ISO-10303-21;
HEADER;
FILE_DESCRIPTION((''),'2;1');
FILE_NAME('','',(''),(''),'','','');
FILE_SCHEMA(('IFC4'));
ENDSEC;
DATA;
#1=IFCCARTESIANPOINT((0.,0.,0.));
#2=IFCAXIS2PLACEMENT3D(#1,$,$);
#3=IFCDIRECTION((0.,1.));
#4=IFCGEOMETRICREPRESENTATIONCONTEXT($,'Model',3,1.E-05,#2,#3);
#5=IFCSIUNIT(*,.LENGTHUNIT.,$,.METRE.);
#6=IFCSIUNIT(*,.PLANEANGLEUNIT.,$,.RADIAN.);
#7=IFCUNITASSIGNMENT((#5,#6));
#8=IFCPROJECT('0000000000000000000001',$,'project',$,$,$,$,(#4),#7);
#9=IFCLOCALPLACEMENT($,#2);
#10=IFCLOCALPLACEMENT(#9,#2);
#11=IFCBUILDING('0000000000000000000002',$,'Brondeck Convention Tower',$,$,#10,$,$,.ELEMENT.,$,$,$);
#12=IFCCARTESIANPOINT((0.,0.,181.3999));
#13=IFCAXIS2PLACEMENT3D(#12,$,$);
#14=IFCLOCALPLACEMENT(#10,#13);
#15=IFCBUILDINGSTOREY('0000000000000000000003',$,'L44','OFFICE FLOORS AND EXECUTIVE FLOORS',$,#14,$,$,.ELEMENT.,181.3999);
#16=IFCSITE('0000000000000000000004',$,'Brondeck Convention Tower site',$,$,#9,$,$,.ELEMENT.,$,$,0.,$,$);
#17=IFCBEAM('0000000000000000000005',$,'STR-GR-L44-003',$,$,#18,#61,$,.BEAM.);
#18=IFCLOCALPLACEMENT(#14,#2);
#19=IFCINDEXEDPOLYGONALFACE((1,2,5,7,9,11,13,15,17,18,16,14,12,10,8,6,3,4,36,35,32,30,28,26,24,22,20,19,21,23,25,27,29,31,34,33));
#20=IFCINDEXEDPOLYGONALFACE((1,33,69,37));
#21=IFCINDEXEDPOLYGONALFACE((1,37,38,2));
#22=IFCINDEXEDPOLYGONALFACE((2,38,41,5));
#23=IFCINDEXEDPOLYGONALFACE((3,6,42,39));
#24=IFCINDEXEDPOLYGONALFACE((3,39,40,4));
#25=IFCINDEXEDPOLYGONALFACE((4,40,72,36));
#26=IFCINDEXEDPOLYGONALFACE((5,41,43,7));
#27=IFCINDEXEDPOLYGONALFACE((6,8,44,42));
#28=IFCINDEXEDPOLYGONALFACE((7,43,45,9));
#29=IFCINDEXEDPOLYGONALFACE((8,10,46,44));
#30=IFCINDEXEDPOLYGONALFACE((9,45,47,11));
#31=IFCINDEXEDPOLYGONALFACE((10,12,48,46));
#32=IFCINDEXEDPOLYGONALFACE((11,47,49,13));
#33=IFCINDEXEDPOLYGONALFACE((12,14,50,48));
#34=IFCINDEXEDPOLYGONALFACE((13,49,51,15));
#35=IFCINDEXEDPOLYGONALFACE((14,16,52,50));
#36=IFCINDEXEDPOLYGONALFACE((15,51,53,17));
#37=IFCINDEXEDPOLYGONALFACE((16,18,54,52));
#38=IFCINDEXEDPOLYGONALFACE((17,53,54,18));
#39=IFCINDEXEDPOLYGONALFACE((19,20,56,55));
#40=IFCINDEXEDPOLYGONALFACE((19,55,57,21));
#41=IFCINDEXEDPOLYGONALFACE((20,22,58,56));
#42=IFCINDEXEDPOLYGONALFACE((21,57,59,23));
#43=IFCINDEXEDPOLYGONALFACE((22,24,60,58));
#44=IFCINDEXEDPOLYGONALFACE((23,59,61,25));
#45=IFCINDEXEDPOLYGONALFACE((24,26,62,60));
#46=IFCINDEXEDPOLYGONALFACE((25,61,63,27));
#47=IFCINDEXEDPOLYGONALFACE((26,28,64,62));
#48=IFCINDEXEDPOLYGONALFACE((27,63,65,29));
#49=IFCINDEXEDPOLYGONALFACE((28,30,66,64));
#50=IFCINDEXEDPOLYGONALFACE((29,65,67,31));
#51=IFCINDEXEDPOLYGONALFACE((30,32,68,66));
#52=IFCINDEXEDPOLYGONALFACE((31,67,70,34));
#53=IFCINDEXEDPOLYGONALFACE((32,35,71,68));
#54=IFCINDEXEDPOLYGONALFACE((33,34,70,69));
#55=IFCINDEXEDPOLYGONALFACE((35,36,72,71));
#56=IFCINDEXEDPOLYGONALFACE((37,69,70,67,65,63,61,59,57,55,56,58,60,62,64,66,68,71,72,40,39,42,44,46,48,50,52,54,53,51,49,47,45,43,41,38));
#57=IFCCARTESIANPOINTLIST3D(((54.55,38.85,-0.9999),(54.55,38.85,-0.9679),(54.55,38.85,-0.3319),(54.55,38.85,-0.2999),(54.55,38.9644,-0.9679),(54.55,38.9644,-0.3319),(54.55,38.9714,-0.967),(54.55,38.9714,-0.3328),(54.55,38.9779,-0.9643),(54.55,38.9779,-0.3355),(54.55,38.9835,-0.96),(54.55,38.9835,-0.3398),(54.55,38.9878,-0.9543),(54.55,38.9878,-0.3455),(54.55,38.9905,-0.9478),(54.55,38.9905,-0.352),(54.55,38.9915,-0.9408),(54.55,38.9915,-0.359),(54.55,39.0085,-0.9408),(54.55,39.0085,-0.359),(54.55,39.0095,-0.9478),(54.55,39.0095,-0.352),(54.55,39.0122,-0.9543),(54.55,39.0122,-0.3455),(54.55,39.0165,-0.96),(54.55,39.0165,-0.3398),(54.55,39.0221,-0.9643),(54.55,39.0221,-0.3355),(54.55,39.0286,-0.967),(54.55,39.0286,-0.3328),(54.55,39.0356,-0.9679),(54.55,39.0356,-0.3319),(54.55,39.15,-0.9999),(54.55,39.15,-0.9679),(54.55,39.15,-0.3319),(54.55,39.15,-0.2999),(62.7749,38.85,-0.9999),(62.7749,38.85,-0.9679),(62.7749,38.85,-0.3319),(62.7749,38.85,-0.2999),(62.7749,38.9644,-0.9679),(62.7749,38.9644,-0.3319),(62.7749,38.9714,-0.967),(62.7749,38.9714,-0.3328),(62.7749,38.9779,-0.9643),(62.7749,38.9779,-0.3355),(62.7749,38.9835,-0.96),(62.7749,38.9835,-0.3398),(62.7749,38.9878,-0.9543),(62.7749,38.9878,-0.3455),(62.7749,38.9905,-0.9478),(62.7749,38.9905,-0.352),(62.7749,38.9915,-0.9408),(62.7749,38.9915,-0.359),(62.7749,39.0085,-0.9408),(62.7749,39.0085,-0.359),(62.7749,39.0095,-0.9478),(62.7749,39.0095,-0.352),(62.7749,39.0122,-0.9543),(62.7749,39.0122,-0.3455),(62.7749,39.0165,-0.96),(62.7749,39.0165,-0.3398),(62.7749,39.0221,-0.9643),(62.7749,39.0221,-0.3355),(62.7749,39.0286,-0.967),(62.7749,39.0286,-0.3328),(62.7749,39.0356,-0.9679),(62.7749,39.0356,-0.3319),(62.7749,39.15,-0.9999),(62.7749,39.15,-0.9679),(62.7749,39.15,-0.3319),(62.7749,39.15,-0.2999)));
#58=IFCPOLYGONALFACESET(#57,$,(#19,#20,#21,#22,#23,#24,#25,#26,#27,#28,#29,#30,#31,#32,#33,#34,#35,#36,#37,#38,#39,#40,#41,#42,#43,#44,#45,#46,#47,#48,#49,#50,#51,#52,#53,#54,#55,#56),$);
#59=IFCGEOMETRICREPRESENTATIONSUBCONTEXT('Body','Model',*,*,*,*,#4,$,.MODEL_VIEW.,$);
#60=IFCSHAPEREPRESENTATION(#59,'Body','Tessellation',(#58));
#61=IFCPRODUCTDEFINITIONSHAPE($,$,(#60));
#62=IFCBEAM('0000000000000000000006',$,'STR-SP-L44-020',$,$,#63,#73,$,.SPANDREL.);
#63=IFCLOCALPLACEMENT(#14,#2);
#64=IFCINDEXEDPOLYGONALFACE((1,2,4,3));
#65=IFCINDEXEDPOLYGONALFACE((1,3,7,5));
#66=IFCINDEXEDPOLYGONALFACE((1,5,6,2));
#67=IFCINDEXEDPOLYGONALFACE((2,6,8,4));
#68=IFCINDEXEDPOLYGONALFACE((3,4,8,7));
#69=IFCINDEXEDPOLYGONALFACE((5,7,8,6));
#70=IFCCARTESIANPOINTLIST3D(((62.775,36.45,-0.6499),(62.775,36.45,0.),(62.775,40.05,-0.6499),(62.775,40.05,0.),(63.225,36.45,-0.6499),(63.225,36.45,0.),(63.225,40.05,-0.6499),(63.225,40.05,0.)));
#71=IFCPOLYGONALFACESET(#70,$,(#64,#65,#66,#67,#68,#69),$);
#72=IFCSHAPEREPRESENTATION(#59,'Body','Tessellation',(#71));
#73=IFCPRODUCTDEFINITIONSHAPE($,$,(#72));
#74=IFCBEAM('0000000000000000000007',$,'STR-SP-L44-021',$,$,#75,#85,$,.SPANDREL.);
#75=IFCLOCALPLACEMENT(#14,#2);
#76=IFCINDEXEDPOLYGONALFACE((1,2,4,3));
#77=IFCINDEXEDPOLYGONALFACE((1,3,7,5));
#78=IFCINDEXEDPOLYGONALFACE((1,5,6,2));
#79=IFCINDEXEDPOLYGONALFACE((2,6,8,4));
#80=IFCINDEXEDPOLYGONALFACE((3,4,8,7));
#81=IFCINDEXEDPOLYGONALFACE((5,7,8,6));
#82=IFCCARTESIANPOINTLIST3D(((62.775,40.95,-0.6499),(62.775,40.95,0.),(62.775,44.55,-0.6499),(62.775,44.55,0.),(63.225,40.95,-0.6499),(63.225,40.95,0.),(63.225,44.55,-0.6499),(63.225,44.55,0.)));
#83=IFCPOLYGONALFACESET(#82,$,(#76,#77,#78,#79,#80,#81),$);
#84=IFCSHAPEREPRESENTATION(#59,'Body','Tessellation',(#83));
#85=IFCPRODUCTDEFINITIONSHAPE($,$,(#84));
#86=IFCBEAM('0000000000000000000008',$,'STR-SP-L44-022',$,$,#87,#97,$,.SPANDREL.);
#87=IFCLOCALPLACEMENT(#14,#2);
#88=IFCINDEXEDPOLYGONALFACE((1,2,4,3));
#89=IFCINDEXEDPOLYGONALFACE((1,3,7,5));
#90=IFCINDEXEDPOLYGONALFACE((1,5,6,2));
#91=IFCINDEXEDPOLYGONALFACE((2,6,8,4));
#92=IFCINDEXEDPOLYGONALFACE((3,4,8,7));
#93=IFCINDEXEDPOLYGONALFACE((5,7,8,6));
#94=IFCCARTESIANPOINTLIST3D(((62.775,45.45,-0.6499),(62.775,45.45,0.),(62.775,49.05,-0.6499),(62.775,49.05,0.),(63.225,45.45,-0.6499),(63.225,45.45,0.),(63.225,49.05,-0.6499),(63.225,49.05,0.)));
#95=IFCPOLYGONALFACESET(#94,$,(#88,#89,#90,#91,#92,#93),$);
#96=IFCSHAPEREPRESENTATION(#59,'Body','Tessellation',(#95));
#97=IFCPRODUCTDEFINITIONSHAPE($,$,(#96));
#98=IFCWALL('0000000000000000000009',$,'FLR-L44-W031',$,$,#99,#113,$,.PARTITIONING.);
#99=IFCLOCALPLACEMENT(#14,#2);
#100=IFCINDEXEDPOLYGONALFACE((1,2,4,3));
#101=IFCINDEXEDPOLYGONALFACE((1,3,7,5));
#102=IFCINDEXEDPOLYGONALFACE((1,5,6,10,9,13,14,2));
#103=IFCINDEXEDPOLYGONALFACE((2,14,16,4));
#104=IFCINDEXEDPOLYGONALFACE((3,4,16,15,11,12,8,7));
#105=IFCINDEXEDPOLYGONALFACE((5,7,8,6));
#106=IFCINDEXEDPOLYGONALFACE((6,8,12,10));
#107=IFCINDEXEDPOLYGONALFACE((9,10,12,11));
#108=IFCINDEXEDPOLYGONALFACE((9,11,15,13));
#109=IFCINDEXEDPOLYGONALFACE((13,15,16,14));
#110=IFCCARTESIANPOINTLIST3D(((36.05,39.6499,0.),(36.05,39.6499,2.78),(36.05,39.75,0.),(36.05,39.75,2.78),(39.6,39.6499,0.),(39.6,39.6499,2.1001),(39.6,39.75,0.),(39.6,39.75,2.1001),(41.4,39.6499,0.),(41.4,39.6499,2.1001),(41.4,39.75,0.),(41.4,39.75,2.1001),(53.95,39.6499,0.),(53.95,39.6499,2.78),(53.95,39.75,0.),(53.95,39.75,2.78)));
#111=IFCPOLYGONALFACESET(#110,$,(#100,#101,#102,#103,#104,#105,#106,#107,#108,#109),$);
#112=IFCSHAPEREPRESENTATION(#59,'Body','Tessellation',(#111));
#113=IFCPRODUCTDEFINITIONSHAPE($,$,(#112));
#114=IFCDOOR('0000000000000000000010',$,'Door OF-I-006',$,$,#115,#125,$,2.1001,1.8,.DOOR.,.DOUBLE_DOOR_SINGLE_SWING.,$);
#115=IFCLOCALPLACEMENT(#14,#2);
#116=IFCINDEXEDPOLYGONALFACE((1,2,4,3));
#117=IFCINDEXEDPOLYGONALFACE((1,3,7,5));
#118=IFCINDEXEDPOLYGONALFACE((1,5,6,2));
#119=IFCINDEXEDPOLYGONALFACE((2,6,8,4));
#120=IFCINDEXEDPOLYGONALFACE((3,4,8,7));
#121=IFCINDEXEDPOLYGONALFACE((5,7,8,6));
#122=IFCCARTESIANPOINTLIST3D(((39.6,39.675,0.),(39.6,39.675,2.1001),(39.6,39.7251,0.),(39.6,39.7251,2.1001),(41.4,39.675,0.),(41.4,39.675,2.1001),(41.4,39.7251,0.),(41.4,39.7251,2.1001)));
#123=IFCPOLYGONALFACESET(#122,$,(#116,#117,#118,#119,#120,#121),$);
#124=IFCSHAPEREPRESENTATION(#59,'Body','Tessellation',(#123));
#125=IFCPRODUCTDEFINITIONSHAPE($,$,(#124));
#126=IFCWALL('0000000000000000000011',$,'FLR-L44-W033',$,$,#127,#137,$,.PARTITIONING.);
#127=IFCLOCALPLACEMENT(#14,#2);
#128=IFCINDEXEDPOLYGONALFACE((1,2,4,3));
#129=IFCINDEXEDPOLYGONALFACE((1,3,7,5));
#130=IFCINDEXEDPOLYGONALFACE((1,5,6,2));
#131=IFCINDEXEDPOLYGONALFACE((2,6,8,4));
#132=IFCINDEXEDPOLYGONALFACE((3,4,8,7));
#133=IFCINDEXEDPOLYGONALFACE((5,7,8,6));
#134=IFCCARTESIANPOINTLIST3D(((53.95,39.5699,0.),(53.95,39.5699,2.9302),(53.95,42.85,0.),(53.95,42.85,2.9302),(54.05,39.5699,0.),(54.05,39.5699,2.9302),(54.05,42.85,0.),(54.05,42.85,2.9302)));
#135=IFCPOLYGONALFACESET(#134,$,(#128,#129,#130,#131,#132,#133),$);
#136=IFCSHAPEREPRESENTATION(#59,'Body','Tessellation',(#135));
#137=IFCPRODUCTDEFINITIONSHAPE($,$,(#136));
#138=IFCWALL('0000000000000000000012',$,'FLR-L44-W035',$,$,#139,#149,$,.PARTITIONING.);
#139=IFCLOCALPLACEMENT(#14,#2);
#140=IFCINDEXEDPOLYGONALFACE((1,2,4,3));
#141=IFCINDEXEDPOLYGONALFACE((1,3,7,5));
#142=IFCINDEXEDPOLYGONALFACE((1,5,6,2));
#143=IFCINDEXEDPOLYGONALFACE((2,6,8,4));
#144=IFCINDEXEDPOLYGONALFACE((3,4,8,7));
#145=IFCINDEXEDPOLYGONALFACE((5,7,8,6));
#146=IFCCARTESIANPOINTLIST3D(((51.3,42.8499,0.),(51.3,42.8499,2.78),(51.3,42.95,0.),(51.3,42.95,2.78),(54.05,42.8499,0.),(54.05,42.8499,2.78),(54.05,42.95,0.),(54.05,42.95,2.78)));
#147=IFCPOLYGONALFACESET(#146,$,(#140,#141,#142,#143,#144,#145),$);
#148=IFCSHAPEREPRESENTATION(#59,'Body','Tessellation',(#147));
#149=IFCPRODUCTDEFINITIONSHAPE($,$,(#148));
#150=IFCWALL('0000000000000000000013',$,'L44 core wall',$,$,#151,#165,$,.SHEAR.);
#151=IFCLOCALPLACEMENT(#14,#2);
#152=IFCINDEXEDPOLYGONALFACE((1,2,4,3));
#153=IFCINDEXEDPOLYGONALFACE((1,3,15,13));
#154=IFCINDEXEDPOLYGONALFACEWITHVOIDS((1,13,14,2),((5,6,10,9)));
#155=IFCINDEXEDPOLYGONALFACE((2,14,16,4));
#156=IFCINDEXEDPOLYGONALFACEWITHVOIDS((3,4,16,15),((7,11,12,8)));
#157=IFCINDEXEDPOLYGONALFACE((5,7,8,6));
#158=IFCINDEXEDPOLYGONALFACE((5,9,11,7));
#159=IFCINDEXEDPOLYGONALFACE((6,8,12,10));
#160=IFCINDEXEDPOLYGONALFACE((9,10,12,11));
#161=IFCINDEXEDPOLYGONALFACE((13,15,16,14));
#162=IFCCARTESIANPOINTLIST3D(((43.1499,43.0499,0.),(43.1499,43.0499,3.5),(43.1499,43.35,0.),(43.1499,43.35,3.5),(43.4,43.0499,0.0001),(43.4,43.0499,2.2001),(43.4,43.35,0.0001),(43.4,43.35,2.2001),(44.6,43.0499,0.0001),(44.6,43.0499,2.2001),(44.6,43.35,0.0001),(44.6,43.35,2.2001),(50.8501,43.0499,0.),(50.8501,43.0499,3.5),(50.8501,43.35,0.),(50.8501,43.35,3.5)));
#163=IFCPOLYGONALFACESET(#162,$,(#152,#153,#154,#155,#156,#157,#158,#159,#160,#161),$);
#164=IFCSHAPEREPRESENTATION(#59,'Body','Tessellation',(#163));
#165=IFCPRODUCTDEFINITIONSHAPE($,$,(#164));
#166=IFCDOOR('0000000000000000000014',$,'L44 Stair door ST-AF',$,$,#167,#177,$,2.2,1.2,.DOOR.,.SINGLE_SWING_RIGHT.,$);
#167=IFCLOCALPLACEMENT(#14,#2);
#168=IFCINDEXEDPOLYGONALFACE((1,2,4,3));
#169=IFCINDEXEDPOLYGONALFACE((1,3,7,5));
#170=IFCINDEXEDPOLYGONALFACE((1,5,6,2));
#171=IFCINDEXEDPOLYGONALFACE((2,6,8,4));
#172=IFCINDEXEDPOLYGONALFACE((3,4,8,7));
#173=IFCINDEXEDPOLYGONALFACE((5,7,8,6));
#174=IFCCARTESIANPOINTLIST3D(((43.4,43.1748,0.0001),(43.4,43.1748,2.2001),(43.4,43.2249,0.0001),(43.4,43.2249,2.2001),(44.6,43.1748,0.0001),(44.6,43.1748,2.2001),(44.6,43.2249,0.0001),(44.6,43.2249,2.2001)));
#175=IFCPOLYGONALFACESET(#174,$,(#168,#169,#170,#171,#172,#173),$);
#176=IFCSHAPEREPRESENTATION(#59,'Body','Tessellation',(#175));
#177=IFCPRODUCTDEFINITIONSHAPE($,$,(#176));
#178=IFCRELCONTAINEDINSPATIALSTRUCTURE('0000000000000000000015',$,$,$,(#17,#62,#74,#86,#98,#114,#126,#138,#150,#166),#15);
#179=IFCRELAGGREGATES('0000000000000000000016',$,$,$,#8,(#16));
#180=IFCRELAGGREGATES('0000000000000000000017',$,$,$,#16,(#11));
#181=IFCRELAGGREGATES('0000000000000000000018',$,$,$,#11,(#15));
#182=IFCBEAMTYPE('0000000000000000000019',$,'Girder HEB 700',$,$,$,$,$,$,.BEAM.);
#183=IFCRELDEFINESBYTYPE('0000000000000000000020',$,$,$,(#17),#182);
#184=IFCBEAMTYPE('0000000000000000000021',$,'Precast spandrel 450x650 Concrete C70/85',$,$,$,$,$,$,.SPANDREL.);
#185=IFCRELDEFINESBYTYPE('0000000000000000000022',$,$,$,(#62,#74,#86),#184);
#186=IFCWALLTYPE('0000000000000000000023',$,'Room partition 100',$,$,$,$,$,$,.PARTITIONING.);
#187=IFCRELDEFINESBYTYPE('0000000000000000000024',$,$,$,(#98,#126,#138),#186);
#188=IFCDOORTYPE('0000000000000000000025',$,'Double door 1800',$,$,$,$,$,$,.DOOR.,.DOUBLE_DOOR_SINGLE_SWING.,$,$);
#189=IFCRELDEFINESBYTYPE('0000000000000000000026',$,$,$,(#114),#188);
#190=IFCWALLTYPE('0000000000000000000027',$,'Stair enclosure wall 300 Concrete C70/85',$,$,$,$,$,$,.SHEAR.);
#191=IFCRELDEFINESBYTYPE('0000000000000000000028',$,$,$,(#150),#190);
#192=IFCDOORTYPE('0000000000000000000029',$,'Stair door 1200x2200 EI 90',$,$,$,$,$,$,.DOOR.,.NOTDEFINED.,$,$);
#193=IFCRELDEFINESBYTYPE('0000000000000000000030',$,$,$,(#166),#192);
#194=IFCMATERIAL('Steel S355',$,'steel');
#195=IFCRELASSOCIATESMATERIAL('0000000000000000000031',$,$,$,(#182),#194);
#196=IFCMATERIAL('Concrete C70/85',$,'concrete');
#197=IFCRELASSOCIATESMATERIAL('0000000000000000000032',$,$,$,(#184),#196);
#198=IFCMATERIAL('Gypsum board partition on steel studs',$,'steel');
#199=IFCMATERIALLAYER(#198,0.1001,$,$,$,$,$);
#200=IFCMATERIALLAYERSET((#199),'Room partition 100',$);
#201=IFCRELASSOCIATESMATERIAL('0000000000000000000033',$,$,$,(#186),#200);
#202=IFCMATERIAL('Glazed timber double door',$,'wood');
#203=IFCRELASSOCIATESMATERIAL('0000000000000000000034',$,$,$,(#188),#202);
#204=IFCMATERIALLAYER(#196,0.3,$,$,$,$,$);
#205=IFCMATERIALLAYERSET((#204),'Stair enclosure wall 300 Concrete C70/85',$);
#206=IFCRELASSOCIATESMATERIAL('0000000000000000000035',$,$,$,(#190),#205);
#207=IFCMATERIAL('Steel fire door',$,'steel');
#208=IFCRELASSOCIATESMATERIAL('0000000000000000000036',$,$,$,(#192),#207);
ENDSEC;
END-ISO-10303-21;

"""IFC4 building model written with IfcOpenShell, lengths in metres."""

from ifc_helpers import new_model, si_unit, direction, frame, frame_2d, origin, origin_2d, place, context, subcontext, project, spatial, rectangle, i_section, extrude, material, layer, layer_set, material_profile, profile_set, type_object, element, fill, save


model = new_model("IFC4")

# Units and contexts
model_context = context("Model", 3, precision=1e-05, world=origin(), true_north=direction((0.0, 1.0)))
body_context = subcontext(model_context, "Body", "Model", "MODEL_VIEW")
ifc_project = project(units=[si_unit("LENGTHUNIT", "METRE"), si_unit("PLANEANGLEUNIT", "RADIAN")], contexts=[model_context])

# Site, building, storey
site_placement = place(None, origin())
site = spatial("IfcSite", under=ifc_project, at=site_placement, Name="Brondeck Convention Tower site", CompositionType="ELEMENT", RefElevation=0.0)
building_placement = place(site_placement, origin())
building = spatial("IfcBuilding", under=site, at=building_placement, Name="Brondeck Convention Tower", CompositionType="ELEMENT")
storey_placement = place(building_placement, frame((0.0, 0.0, 181.3999)))
storey = spatial("IfcBuildingStorey", under=building, at=storey_placement, Name="L44", Description="OFFICE FLOORS AND EXECUTIVE FLOORS", CompositionType="ELEMENT", Elevation=181.3999)

# Shared definitions
ifc_material_1 = material(Name="Concrete C70/85", Category="concrete")

# Beams
ifc_material_2 = material(Name="Steel S355", Category="steel")
ifc_material_profile_1 = material_profile(ifc_material_2, i_section(OverallWidth=0.3, OverallDepth=0.7, WebThickness=0.0171, FlangeThickness=0.032, FilletRadius=0.0271, at=origin_2d()), Name="HEB 700")
ifc_profile_set_1 = profile_set([ifc_material_profile_1], Name="Steel S355")
beam_type_1 = type_object("IfcBeamType", Name="Girder HEB 700", PredefinedType="BEAM", material=ifc_profile_set_1)
beam_1_placement = place(storey_placement, frame((54.55, 39.0, -0.6499), z_axis=(1.0, 0.0, 0.0), x_axis=(0.0, 1.0, 0.0)))
element("IfcBeam", 1, at=beam_1_placement, inside=storey, type_object=beam_type_1, Name="STR-GR-L44-003", PredefinedType="BEAM", context=body_context, shape_type="SweptSolid", body=[
    extrude(i_section(OverallWidth=0.3, OverallDepth=0.7, WebThickness=0.0171, FlangeThickness=0.032, FilletRadius=0.0271, at=origin_2d()), origin(), (0.0, 0.0, 1.0), 8.2249),
])
ifc_material_profile_2 = material_profile(ifc_material_1, rectangle(XDim=0.45, YDim=0.6499, at=origin_2d()), Name="Precast spandrel 450x650 Concrete C70/85")
ifc_profile_set_2 = profile_set([ifc_material_profile_2], Name="Concrete C70/85")
beam_type_2 = type_object("IfcBeamType", Name="Precast spandrel 450x650 Concrete C70/85", PredefinedType="SPANDREL", material=ifc_profile_set_2)
for number, where, z_axis, x_axis, name in (
    (2, (63.0, 36.45, -0.325), (0.0, 1.0, 0.0), (-1.0, 0.0, 0.0), "STR-SP-L44-020"),
    (3, (63.0, 40.95, -0.325), (0.0, 1.0, 0.0), (-1.0, 0.0, 0.0), "STR-SP-L44-021"),
    (4, (63.0, 45.45, -0.325), (0.0, 1.0, 0.0), (-1.0, 0.0, 0.0), "STR-SP-L44-022"),
):
    element("IfcBeam", number, at=place(storey_placement, frame(where, z_axis=z_axis, x_axis=x_axis)), inside=storey, type_object=beam_type_2, Name=name, PredefinedType="SPANDREL", context=body_context, shape_type="SweptSolid", body=[
        extrude(rectangle(XDim=0.45, YDim=0.6499, at=origin_2d()), origin(), (0.0, 0.0, 1.0), 3.6001),
    ])

# Wall, opening, door
ifc_material_3 = material(Name="Gypsum board partition on steel studs", Category="steel")
ifc_layer_1 = layer(ifc_material_3, 0.1001)
ifc_layer_set_1 = layer_set([ifc_layer_1], Name="Room partition 100")
wall_type_1 = type_object("IfcWallType", Name="Room partition 100", PredefinedType="PARTITIONING", material=ifc_layer_set_1)
wall_1_placement = place(storey_placement, frame((53.95, 39.7, 0.0), z_axis=(0.0, 0.0, 1.0), x_axis=(-1.0, 0.0, 0.0)))
wall_1 = element("IfcWall", 5, at=wall_1_placement, inside=storey, type_object=wall_type_1, Name="FLR-L44-W031", PredefinedType="PARTITIONING", context=body_context, shape_type="SweptSolid", body=[
    extrude(rectangle(XDim=17.8999, YDim=0.1001, at=frame_2d((8.95, 0.0))), origin(), (0.0, 0.0, 1.0), 2.78),
])
opening_1_placement = place(wall_1_placement, frame((12.55, 0.0, 0.0)))
opening_1 = element("IfcOpeningElement", 6, at=opening_1_placement, cuts=wall_1, PredefinedType="OPENING", context=body_context, shape_type="SweptSolid", body=[
    extrude(rectangle(XDim=1.8, YDim=2.1001, at=frame_2d((0.8999, 1.05))), frame((0.0, 0.0601, 0.0), z_axis=(0.0, -1.0, 0.0), x_axis=(1.0, 0.0, 0.0)), (0.0, 0.0, 1.0), 0.1201),
])
ifc_material_4 = material(Name="Glazed timber double door", Category="wood")
door_type_1 = type_object("IfcDoorType", Name="Double door 1800", OperationType="DOUBLE_DOOR_SINGLE_SWING", PredefinedType="DOOR", material=ifc_material_4)
door_1_placement = place(opening_1_placement, origin())
door_1 = element("IfcDoor", 7, at=door_1_placement, inside=storey, type_object=door_type_1, Name="Door OF-I-006", OperationType="DOUBLE_DOOR_SINGLE_SWING", OverallHeight=2.1001, OverallWidth=1.8, PredefinedType="DOOR", context=body_context, shape_type="SweptSolid", body=[
    extrude(rectangle(XDim=1.8, YDim=2.1001, at=frame_2d((0.8999, 1.05))), frame((0.0, 0.0249, 0.0), z_axis=(0.0, -1.0, 0.0), x_axis=(1.0, 0.0, 0.0)), (0.0, 0.0, 1.0), 0.05),
])
fill(opening_1, door_1)

# Walls
wall_2_placement = place(storey_placement, frame((54.0, 42.8501, 0.0), z_axis=(0.0, 0.0, 1.0), x_axis=(0.0, -1.0, 0.0)))
element("IfcWall", 8, at=wall_2_placement, inside=storey, type_object=wall_type_1, Name="FLR-L44-W033", PredefinedType="PARTITIONING", context=body_context, shape_type="SweptSolid", body=[
    extrude(rectangle(XDim=3.28, YDim=0.1001, at=frame_2d((1.6401, 0.0))), origin(), (0.0, 0.0, 1.0), 2.9302),
])
wall_3_placement = place(storey_placement, frame((51.3, 42.8999, 0.0), z_axis=(0.0, 0.0, 1.0), x_axis=(1.0, 0.0, 0.0)))
element("IfcWall", 9, at=wall_3_placement, inside=storey, type_object=wall_type_1, Name="FLR-L44-W035", PredefinedType="PARTITIONING", context=body_context, shape_type="SweptSolid", body=[
    extrude(rectangle(XDim=2.75, YDim=0.1001, at=frame_2d((1.375, 0.0))), origin(), (0.0, 0.0, 1.0), 2.78),
])

# Wall, opening, door
ifc_layer_2 = layer(ifc_material_1, 0.3)
ifc_layer_set_2 = layer_set([ifc_layer_2], Name="Stair enclosure wall 300 Concrete C70/85")
wall_type_2 = type_object("IfcWallType", Name="Stair enclosure wall 300 Concrete C70/85", PredefinedType="SHEAR", material=ifc_layer_set_2)
wall_4_placement = place(storey_placement, frame((43.1499, 43.2, 0.0), z_axis=(0.0, 0.0, 1.0), x_axis=(1.0, 0.0, 0.0)))
wall_4 = element("IfcWall", 10, at=wall_4_placement, inside=storey, type_object=wall_type_2, Name="L44 core wall", PredefinedType="SHEAR", context=body_context, shape_type="SweptSolid", body=[
    extrude(rectangle(XDim=7.7002, YDim=0.3, at=frame_2d((3.8501, 0.0))), origin(), (0.0, 0.0, 1.0), 3.5),
])
opening_2_placement = place(wall_4_placement, frame((0.25, 0.0, 0.0)))
opening_2 = element("IfcOpeningElement", 11, at=opening_2_placement, cuts=wall_4, PredefinedType="OPENING", context=body_context, shape_type="SweptSolid", body=[
    extrude(rectangle(XDim=1.2, YDim=2.2, at=frame_2d((0.6001, 1.1001))), frame((0.0, 0.1599, 0.0), z_axis=(0.0, -1.0, 0.0), x_axis=(1.0, 0.0, 0.0)), (0.0, 0.0, 1.0), 0.3201),
])
ifc_material_5 = material(Name="Steel fire door", Category="steel")
door_type_2 = type_object("IfcDoorType", Name="Stair door 1200x2200 EI 90", OperationType="NOTDEFINED", PredefinedType="DOOR", material=ifc_material_5)
door_2_placement = place(opening_2_placement, origin())
door_2 = element("IfcDoor", 12, at=door_2_placement, inside=storey, type_object=door_type_2, Name="L44 Stair door ST-AF", OperationType="SINGLE_SWING_RIGHT", OverallHeight=2.2, OverallWidth=1.2, PredefinedType="DOOR", context=body_context, shape_type="SweptSolid", body=[
    extrude(rectangle(XDim=1.2, YDim=2.2, at=frame_2d((0.6001, 1.1001))), frame((0.0, 0.0249, 0.0), z_axis=(0.0, -1.0, 0.0), x_axis=(1.0, 0.0, 0.0)), (0.0, 0.0, 1.0), 0.05),
])
fill(opening_2, door_2)

save(model, "model.ifc")
